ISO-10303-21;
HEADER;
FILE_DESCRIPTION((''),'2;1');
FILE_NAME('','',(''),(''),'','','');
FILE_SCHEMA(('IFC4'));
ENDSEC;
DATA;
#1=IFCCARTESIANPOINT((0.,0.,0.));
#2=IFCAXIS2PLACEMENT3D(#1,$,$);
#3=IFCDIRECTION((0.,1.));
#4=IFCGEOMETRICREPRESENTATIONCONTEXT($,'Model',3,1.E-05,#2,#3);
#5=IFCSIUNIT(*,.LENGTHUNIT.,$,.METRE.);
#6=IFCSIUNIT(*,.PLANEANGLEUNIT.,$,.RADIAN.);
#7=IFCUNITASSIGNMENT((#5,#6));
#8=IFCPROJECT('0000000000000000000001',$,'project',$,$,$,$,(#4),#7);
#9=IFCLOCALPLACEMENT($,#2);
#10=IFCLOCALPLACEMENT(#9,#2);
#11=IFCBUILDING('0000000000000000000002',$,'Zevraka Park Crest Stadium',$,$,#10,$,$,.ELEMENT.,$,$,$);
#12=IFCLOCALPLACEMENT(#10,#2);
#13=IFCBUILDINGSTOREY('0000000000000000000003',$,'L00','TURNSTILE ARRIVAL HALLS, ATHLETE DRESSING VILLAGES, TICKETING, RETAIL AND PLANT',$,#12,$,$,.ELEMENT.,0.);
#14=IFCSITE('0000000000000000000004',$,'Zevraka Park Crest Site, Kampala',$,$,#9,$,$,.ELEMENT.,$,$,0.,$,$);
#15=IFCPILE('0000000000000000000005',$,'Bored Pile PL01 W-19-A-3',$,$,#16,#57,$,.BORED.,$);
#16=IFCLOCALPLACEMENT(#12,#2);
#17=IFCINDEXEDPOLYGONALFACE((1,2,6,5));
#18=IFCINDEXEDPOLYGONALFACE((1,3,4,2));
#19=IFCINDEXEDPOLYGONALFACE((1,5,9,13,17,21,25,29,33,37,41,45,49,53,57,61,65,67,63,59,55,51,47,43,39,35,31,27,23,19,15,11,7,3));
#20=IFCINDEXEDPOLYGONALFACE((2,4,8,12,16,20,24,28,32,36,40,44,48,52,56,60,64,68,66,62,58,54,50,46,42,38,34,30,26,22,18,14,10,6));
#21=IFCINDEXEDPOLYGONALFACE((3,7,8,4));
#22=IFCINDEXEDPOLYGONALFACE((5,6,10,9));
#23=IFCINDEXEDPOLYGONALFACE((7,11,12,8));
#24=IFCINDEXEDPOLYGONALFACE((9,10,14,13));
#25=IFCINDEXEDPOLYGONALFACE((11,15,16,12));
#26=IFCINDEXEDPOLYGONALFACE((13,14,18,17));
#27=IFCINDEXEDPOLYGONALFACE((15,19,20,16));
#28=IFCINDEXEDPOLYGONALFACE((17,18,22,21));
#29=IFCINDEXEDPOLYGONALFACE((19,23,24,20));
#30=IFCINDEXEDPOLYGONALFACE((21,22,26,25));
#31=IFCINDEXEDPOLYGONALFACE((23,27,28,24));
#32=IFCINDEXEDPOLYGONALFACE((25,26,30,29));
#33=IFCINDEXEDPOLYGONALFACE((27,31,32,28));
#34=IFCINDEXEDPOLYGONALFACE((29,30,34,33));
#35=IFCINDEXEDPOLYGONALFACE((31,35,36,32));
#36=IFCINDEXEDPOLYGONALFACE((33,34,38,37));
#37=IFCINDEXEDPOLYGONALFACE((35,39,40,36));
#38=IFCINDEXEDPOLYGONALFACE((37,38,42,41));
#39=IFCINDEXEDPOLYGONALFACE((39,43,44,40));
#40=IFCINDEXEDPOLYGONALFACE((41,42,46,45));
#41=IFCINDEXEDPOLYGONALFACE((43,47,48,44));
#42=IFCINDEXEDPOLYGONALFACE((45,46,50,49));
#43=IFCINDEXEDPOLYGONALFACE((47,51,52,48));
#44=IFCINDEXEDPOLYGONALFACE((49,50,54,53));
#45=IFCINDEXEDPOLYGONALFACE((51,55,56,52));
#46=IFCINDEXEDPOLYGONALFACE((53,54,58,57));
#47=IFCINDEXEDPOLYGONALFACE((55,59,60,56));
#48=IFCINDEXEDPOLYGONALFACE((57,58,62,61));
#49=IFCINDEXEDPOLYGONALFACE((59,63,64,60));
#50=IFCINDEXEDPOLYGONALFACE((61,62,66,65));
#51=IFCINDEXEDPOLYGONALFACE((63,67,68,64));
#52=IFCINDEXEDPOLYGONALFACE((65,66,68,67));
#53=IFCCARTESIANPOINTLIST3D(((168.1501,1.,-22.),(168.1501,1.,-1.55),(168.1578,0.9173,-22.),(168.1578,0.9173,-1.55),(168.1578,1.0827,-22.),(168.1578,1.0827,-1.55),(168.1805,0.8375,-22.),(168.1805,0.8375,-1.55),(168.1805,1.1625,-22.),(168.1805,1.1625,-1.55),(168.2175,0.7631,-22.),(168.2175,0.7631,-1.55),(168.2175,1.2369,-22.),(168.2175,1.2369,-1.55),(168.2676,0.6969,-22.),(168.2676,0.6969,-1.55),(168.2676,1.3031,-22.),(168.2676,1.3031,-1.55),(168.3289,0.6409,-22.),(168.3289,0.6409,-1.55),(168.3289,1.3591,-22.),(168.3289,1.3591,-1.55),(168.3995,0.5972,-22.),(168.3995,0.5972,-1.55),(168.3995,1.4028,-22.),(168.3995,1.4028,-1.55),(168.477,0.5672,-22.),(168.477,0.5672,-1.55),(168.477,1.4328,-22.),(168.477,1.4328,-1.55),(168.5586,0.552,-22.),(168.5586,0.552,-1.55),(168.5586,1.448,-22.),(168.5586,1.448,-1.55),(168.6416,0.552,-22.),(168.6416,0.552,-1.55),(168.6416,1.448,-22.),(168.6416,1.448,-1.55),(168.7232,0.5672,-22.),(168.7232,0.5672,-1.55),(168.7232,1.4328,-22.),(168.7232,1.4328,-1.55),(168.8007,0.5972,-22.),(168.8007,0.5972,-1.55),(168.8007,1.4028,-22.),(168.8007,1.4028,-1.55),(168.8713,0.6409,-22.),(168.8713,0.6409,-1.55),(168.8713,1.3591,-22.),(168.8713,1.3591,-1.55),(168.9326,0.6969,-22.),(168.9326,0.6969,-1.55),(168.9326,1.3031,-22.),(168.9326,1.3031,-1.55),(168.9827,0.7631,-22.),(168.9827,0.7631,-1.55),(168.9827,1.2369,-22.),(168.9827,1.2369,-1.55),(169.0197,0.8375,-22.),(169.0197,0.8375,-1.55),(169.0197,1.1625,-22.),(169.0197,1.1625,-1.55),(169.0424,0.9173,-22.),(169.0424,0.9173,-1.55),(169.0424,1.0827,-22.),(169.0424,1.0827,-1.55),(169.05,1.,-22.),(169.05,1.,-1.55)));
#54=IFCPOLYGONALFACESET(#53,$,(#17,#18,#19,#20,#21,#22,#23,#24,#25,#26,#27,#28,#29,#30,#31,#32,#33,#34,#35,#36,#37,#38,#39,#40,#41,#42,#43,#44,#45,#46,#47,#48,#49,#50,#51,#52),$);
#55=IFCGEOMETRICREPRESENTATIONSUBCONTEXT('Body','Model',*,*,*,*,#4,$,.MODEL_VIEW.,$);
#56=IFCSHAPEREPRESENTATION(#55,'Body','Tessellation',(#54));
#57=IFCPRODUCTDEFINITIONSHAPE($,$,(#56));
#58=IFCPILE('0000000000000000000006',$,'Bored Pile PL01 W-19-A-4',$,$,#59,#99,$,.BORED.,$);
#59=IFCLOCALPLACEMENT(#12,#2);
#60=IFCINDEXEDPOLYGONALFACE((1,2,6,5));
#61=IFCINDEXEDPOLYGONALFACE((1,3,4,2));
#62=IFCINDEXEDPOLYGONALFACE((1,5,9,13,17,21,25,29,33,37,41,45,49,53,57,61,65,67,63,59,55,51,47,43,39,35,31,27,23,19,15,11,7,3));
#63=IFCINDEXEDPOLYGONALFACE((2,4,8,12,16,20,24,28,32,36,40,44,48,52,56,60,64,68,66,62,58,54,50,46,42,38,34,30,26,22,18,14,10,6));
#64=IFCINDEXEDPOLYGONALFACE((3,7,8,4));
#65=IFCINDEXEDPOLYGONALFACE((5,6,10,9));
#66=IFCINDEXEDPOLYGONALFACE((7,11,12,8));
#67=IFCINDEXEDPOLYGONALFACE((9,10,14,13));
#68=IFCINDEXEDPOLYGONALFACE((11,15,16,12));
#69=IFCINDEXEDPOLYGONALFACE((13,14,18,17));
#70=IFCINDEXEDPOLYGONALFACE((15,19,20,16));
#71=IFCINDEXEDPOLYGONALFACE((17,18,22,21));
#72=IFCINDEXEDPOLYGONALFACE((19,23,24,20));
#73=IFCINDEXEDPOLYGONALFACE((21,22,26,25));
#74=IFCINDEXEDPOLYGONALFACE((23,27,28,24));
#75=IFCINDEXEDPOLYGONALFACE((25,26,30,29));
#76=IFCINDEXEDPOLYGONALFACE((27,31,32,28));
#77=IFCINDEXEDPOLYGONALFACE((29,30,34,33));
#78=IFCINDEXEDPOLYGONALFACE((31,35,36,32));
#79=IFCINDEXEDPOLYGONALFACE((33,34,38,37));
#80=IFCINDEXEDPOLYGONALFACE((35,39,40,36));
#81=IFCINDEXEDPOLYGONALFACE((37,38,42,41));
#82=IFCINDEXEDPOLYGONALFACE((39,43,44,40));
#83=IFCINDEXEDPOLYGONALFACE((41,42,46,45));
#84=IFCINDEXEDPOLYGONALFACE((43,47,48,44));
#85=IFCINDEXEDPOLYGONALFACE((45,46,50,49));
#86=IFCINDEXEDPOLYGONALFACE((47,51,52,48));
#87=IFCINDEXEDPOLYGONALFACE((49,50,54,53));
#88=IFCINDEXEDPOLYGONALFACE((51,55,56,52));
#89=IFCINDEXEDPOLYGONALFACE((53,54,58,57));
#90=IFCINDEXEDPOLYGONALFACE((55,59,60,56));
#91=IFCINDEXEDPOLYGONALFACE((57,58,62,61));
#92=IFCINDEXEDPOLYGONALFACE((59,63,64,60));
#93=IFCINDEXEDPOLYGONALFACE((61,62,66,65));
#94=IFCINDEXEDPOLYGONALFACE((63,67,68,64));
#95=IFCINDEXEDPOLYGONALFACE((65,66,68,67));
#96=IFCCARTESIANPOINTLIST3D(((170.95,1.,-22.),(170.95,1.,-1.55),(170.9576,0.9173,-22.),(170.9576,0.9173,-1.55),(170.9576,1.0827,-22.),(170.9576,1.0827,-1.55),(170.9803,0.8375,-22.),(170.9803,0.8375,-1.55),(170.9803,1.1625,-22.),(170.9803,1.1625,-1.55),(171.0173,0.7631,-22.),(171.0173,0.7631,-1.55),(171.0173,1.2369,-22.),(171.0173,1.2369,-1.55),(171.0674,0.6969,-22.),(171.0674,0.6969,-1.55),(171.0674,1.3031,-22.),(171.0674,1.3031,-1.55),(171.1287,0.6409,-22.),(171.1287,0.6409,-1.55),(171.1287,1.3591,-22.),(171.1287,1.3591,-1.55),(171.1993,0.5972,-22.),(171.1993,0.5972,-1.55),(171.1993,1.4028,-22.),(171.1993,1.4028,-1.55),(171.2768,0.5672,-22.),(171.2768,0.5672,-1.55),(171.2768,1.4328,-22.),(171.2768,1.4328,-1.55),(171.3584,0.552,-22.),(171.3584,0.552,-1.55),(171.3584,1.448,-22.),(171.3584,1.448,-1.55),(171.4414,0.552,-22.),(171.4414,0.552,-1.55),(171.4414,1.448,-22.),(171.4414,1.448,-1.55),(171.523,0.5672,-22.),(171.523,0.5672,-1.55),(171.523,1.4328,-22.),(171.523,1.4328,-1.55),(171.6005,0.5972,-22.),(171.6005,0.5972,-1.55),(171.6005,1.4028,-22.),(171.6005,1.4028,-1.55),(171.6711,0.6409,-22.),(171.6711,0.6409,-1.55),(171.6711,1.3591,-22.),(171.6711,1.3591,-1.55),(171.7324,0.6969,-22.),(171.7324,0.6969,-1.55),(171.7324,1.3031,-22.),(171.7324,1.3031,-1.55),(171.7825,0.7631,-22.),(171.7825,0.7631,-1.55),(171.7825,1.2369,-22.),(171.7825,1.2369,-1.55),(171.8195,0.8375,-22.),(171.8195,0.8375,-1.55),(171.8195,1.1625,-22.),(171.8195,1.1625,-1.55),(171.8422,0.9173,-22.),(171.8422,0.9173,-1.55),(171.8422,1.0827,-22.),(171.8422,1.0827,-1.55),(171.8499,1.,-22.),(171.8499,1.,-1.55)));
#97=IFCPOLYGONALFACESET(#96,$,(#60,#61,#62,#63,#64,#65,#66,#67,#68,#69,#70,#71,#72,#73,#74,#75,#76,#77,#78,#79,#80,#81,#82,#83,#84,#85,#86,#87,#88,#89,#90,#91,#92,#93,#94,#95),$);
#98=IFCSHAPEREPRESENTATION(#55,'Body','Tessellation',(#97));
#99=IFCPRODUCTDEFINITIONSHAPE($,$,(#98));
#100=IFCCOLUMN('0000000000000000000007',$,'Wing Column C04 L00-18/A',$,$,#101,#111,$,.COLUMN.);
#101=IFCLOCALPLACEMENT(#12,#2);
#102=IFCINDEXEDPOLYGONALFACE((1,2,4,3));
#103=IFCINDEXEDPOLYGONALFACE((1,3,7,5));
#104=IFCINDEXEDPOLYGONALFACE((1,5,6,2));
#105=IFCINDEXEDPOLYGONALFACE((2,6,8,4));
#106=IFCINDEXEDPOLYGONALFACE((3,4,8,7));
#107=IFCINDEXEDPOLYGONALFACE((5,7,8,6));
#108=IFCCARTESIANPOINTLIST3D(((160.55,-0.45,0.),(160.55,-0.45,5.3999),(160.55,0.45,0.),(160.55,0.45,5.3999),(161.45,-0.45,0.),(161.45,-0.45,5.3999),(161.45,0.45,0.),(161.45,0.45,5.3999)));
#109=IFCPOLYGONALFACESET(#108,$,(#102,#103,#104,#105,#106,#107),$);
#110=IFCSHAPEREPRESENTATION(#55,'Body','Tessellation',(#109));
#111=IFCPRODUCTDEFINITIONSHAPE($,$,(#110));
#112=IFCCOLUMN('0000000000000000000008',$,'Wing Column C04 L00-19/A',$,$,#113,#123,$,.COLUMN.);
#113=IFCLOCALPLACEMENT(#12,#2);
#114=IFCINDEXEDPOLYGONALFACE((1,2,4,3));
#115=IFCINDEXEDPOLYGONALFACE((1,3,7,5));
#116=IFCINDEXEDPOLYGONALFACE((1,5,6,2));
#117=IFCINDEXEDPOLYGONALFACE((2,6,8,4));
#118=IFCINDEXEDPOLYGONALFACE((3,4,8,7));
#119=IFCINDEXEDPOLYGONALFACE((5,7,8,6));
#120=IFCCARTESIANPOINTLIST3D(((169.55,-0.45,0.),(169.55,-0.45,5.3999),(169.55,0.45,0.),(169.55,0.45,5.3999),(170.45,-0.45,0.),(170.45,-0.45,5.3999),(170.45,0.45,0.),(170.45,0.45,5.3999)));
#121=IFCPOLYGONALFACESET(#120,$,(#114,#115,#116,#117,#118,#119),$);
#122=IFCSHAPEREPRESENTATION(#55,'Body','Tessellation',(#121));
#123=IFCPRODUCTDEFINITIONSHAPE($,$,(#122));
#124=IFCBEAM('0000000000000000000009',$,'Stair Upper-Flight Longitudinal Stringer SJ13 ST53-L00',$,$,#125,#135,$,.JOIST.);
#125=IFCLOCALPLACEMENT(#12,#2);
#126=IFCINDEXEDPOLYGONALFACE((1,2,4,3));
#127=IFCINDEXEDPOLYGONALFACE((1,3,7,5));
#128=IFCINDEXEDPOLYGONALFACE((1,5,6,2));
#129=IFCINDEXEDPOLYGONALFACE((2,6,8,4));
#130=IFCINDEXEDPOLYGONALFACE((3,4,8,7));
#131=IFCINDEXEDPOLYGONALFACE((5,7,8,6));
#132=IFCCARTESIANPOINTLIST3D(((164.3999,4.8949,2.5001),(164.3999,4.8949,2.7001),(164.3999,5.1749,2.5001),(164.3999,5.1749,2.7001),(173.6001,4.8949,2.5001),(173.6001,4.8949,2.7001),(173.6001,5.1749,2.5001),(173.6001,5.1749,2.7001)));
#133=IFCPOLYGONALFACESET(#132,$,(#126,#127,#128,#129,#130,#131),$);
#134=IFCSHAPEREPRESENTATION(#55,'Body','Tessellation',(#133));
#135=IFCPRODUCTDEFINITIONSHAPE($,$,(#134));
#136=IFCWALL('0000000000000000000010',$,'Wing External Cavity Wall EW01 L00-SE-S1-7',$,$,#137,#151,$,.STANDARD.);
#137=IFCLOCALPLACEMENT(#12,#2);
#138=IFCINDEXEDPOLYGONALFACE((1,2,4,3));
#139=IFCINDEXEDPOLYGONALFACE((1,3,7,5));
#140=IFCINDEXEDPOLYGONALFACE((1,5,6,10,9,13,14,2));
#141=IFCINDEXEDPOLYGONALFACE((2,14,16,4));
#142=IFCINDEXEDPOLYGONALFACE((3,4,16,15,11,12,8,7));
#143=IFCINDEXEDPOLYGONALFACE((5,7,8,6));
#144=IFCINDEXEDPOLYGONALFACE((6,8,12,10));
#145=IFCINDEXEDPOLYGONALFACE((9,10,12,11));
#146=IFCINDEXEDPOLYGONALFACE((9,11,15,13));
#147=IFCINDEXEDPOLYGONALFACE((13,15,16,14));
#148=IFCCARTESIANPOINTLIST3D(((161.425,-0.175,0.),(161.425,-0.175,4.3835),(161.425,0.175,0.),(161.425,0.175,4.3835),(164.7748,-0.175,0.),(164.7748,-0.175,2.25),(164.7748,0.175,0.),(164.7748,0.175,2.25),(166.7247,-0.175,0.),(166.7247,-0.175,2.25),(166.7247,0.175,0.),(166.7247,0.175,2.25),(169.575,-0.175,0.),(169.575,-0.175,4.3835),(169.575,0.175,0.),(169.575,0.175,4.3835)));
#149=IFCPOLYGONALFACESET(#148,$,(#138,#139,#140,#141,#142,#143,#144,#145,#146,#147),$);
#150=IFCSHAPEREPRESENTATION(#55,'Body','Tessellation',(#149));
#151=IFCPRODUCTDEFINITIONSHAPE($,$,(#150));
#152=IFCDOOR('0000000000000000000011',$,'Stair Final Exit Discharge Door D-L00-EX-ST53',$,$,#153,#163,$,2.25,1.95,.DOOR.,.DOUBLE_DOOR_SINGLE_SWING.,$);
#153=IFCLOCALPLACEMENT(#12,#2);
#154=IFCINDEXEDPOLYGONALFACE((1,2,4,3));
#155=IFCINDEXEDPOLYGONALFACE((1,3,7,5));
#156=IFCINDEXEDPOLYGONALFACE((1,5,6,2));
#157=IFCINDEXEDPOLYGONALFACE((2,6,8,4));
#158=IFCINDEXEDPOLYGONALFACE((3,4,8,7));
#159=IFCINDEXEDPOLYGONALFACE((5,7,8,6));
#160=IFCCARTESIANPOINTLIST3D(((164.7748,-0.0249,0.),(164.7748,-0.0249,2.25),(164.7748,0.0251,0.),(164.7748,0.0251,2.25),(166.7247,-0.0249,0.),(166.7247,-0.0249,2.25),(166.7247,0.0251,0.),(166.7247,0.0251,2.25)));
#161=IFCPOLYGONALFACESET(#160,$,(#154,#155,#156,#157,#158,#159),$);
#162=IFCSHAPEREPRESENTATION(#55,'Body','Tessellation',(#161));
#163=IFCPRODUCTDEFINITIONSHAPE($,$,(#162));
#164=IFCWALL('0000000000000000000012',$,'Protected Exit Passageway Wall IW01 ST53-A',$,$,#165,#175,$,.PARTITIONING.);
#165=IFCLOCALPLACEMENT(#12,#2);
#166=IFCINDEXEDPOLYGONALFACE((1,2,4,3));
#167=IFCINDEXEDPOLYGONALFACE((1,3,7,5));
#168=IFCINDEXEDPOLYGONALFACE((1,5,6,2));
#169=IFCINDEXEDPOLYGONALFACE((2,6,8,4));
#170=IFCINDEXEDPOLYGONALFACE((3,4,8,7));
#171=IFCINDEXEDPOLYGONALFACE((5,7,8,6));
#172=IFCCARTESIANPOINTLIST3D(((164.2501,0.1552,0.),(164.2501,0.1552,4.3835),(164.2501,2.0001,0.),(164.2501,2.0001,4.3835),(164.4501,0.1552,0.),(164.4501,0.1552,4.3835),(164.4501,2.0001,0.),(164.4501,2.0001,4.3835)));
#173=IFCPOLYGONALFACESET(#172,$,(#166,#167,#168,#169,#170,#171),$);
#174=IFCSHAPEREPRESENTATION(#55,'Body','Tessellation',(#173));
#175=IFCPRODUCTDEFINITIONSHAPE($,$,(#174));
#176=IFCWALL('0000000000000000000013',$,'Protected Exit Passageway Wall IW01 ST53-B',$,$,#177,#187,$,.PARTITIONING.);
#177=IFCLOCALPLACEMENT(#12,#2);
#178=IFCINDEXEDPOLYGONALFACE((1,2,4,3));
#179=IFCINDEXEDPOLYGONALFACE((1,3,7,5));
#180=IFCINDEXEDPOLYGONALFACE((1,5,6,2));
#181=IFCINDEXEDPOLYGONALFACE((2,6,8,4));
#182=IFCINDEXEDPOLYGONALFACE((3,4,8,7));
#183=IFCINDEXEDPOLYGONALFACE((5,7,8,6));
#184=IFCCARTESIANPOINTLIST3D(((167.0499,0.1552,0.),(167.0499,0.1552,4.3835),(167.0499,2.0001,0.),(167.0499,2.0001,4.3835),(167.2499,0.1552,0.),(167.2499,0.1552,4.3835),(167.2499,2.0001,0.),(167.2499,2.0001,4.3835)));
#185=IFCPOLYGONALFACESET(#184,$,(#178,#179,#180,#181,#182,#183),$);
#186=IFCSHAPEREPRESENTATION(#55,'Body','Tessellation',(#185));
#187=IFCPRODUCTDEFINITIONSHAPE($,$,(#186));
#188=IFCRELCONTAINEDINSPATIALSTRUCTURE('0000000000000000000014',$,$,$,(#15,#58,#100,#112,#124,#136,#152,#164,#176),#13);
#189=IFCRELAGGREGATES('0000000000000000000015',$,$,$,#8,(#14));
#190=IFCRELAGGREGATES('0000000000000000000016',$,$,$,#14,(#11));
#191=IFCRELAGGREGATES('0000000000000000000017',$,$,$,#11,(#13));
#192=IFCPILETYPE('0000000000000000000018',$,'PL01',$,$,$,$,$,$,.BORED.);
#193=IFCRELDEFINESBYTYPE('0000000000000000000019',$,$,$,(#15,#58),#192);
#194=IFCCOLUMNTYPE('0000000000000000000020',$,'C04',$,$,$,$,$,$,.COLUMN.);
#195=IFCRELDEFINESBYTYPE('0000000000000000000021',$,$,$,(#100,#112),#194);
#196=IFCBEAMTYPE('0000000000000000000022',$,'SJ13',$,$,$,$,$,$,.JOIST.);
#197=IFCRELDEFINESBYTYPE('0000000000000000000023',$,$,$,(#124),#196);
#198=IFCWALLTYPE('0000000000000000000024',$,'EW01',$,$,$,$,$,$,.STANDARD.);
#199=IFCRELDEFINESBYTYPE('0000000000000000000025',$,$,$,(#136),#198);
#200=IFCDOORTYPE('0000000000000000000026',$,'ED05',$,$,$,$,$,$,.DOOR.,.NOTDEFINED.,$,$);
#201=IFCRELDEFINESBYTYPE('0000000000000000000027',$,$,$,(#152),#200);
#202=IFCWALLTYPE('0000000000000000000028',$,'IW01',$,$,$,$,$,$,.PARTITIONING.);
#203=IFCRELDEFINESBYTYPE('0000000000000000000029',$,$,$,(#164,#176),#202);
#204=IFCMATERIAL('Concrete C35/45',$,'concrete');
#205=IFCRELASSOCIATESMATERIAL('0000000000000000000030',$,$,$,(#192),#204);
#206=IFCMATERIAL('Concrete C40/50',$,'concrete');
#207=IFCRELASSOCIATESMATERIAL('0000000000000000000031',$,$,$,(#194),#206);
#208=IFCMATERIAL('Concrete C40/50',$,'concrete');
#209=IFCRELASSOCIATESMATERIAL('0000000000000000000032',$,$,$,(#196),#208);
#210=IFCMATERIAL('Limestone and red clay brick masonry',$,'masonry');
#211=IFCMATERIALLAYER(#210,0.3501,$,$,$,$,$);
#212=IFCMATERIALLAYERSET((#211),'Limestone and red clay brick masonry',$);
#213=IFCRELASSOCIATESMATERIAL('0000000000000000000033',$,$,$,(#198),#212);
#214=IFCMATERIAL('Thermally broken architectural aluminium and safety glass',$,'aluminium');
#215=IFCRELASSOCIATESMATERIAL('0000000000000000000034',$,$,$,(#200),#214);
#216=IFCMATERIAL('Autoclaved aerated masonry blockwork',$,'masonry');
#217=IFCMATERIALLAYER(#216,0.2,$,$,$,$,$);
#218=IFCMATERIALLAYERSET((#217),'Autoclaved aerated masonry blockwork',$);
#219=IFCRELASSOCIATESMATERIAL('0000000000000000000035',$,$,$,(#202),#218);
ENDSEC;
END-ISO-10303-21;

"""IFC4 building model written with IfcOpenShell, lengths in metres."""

from ifc_helpers import new_model, si_unit, direction, frame, frame_2d, origin, origin_2d, place, context, subcontext, project, spatial, rectangle, circle, extrude, material, layer, layer_set, material_profile, profile_set, type_object, element, fill, save


model = new_model("IFC4")

# Units and contexts
model_context = context("Model", 3, precision=1e-05, world=origin(), true_north=direction((0.0, 1.0)))
body_context = subcontext(model_context, "Body", "Model", "MODEL_VIEW")
ifc_project = project(units=[si_unit("LENGTHUNIT", "METRE"), si_unit("PLANEANGLEUNIT", "RADIAN")], contexts=[model_context])

# Site, building, storey
site_placement = place(None, origin())
site = spatial("IfcSite", under=ifc_project, at=site_placement, Name="Zevraka Park Crest Site, Kampala", CompositionType="ELEMENT", RefElevation=0.0)
building_placement = place(site_placement, origin())
building = spatial("IfcBuilding", under=site, at=building_placement, Name="Zevraka Park Crest Stadium", CompositionType="ELEMENT")
storey_placement = place(building_placement, origin())
storey = spatial("IfcBuildingStorey", under=building, at=storey_placement, Name="L00", Description="TURNSTILE ARRIVAL HALLS, ATHLETE DRESSING VILLAGES, TICKETING, RETAIL AND PLANT", CompositionType="ELEMENT", Elevation=0.0)

# Piles
ifc_material_1 = material(Name="Concrete C35/45", Category="concrete")
ifc_material_profile_1 = material_profile(ifc_material_1, circle(Radius=0.45, at=origin_2d()), Name="PILE D900")
ifc_profile_set_1 = profile_set([ifc_material_profile_1], Name="Concrete C35/45")
pile_type = type_object("IfcPileType", Name="PL01", PredefinedType="BORED", material=ifc_profile_set_1)
for number, where, z_axis, x_axis, name in (
    (1, (168.6001, 1.0, -1.55), (0.0, 0.0, -1.0), (1.0, 0.0, 0.0), "Bored Pile PL01 W-19-A-3"),
    (2, (171.3999, 1.0, -1.55), (0.0, 0.0, -1.0), (1.0, 0.0, 0.0), "Bored Pile PL01 W-19-A-4"),
):
    element("IfcPile", number, at=place(storey_placement, frame(where, z_axis=z_axis, x_axis=x_axis)), inside=storey, type_object=pile_type, Name=name, PredefinedType="BORED", context=body_context, shape_type="SweptSolid", body=[
        extrude(circle(Radius=0.45, at=origin_2d()), origin(), (0.0, 0.0, 1.0), 20.45),
    ])

# Columns
ifc_material_2 = material(Name="Concrete C40/50", Category="concrete")
ifc_material_profile_2 = material_profile(ifc_material_2, rectangle(XDim=0.8999, YDim=0.8999, at=origin_2d()), Name="RC 900x900")
ifc_profile_set_2 = profile_set([ifc_material_profile_2], Name="Concrete C40/50")
column_type = type_object("IfcColumnType", Name="C04", PredefinedType="COLUMN", material=ifc_profile_set_2)
for number, where, z_axis, x_axis, name in (
    (3, (161.0, 0.0, 0.0), (0.0, 0.0, 1.0), (1.0, 0.0, 0.0), "Wing Column C04 L00-18/A"),
    (4, (170.0, 0.0, 0.0), (0.0, 0.0, 1.0), (1.0, 0.0, 0.0), "Wing Column C04 L00-19/A"),
):
    element("IfcColumn", number, at=place(storey_placement, frame(where, z_axis=z_axis, x_axis=x_axis)), inside=storey, type_object=column_type, Name=name, PredefinedType="COLUMN", context=body_context, shape_type="SweptSolid", body=[
        extrude(rectangle(XDim=0.8999, YDim=0.8999, at=origin_2d()), origin(), (0.0, 0.0, 1.0), 5.3999),
    ])

# Beam
ifc_material_3 = material(Name="Concrete C40/50", Category="concrete")
ifc_material_profile_3 = material_profile(ifc_material_3, rectangle(XDim=0.28, YDim=0.2, at=origin_2d()), Name="RC 200x280")
ifc_profile_set_3 = profile_set([ifc_material_profile_3], Name="Concrete C40/50")
beam_type = type_object("IfcBeamType", Name="SJ13", PredefinedType="JOIST", material=ifc_profile_set_3)
beam_placement = place(storey_placement, frame((164.3999, 5.0349, 2.6001), z_axis=(1.0, 0.0, 0.0), x_axis=(0.0, 1.0, 0.0)))
element("IfcBeam", 5, at=beam_placement, inside=storey, type_object=beam_type, Name="Stair Upper-Flight Longitudinal Stringer SJ13 ST53-L00", PredefinedType="JOIST", context=body_context, shape_type="SweptSolid", body=[
    extrude(rectangle(XDim=0.28, YDim=0.2, at=origin_2d()), origin(), (0.0, 0.0, 1.0), 9.2002),
])

# Wall, opening, door
ifc_material_4 = material(Name="Limestone and red clay brick masonry", Category="masonry")
ifc_layer_1 = layer(ifc_material_4, 0.3501)
ifc_layer_set_1 = layer_set([ifc_layer_1], Name="Limestone and red clay brick masonry")
wall_type_1 = type_object("IfcWallType", Name="EW01", PredefinedType="STANDARD", material=ifc_layer_set_1)
wall_placement = place(storey_placement, frame((169.575, 0.0, 0.0), z_axis=(0.0, 0.0, 1.0), x_axis=(-1.0, 0.0, 0.0)))
wall = element("IfcWall", 6, at=wall_placement, inside=storey, type_object=wall_type_1, Name="Wing External Cavity Wall EW01 L00-SE-S1-7", PredefinedType="STANDARD", context=body_context, shape_type="SweptSolid", body=[
    extrude(rectangle(XDim=8.1499, YDim=0.3501, at=frame_2d((4.075, 0.0))), origin(), (0.0, 0.0, 1.0), 4.3835),
])
opening_placement = place(wall_placement, frame((2.8501, 0.0, 0.0)))
opening = element("IfcOpeningElement", 7, at=opening_placement, cuts=wall, PredefinedType="OPENING", context=body_context, shape_type="SweptSolid", body=[
    extrude(rectangle(XDim=1.95, YDim=2.25, at=frame_2d((0.9751, 1.125))), frame((0.0, 0.1851, 0.0), z_axis=(0.0, -1.0, 0.0), x_axis=(1.0, 0.0, 0.0)), (0.0, 0.0, 1.0), 0.3701),
])
ifc_material_5 = material(Name="Thermally broken architectural aluminium and safety glass", Category="aluminium")
door_type = type_object("IfcDoorType", Name="ED05", OperationType="NOTDEFINED", PredefinedType="DOOR", material=ifc_material_5)
door_placement = place(opening_placement, origin())
door = element("IfcDoor", 8, at=door_placement, inside=storey, type_object=door_type, Name="Stair Final Exit Discharge Door D-L00-EX-ST53", OperationType="DOUBLE_DOOR_SINGLE_SWING", OverallHeight=2.25, OverallWidth=1.95, PredefinedType="DOOR", context=body_context, shape_type="SweptSolid", body=[
    extrude(rectangle(XDim=1.95, YDim=2.25, at=frame_2d((0.9751, 1.125))), frame((0.0, 0.0249, 0.0), z_axis=(0.0, -1.0, 0.0), x_axis=(1.0, 0.0, 0.0)), (0.0, 0.0, 1.0), 0.05),
])
fill(opening, door)

# Walls
ifc_material_6 = material(Name="Autoclaved aerated masonry blockwork", Category="masonry")
ifc_layer_2 = layer(ifc_material_6, 0.2)
ifc_layer_set_2 = layer_set([ifc_layer_2], Name="Autoclaved aerated masonry blockwork")
wall_type_2 = type_object("IfcWallType", Name="IW01", PredefinedType="PARTITIONING", material=ifc_layer_set_2)
for number, where, z_axis, x_axis, name in (
    (9, (164.3501, 2.0, 0.0), (0.0, 0.0, 1.0), (0.0, -1.0, 0.0), "Protected Exit Passageway Wall IW01 ST53-A"),
    (10, (167.1499, 2.0, 0.0), (0.0, 0.0, 1.0), (0.0, -1.0, 0.0), "Protected Exit Passageway Wall IW01 ST53-B"),
):
    element("IfcWall", number, at=place(storey_placement, frame(where, z_axis=z_axis, x_axis=x_axis)), inside=storey, type_object=wall_type_2, Name=name, PredefinedType="PARTITIONING", context=body_context, shape_type="SweptSolid", body=[
        extrude(rectangle(XDim=1.845, YDim=0.2, at=frame_2d((0.9224, 0.0))), origin(), (0.0, 0.0, 1.0), 4.3835),
    ])

save(model, "model.ifc")
